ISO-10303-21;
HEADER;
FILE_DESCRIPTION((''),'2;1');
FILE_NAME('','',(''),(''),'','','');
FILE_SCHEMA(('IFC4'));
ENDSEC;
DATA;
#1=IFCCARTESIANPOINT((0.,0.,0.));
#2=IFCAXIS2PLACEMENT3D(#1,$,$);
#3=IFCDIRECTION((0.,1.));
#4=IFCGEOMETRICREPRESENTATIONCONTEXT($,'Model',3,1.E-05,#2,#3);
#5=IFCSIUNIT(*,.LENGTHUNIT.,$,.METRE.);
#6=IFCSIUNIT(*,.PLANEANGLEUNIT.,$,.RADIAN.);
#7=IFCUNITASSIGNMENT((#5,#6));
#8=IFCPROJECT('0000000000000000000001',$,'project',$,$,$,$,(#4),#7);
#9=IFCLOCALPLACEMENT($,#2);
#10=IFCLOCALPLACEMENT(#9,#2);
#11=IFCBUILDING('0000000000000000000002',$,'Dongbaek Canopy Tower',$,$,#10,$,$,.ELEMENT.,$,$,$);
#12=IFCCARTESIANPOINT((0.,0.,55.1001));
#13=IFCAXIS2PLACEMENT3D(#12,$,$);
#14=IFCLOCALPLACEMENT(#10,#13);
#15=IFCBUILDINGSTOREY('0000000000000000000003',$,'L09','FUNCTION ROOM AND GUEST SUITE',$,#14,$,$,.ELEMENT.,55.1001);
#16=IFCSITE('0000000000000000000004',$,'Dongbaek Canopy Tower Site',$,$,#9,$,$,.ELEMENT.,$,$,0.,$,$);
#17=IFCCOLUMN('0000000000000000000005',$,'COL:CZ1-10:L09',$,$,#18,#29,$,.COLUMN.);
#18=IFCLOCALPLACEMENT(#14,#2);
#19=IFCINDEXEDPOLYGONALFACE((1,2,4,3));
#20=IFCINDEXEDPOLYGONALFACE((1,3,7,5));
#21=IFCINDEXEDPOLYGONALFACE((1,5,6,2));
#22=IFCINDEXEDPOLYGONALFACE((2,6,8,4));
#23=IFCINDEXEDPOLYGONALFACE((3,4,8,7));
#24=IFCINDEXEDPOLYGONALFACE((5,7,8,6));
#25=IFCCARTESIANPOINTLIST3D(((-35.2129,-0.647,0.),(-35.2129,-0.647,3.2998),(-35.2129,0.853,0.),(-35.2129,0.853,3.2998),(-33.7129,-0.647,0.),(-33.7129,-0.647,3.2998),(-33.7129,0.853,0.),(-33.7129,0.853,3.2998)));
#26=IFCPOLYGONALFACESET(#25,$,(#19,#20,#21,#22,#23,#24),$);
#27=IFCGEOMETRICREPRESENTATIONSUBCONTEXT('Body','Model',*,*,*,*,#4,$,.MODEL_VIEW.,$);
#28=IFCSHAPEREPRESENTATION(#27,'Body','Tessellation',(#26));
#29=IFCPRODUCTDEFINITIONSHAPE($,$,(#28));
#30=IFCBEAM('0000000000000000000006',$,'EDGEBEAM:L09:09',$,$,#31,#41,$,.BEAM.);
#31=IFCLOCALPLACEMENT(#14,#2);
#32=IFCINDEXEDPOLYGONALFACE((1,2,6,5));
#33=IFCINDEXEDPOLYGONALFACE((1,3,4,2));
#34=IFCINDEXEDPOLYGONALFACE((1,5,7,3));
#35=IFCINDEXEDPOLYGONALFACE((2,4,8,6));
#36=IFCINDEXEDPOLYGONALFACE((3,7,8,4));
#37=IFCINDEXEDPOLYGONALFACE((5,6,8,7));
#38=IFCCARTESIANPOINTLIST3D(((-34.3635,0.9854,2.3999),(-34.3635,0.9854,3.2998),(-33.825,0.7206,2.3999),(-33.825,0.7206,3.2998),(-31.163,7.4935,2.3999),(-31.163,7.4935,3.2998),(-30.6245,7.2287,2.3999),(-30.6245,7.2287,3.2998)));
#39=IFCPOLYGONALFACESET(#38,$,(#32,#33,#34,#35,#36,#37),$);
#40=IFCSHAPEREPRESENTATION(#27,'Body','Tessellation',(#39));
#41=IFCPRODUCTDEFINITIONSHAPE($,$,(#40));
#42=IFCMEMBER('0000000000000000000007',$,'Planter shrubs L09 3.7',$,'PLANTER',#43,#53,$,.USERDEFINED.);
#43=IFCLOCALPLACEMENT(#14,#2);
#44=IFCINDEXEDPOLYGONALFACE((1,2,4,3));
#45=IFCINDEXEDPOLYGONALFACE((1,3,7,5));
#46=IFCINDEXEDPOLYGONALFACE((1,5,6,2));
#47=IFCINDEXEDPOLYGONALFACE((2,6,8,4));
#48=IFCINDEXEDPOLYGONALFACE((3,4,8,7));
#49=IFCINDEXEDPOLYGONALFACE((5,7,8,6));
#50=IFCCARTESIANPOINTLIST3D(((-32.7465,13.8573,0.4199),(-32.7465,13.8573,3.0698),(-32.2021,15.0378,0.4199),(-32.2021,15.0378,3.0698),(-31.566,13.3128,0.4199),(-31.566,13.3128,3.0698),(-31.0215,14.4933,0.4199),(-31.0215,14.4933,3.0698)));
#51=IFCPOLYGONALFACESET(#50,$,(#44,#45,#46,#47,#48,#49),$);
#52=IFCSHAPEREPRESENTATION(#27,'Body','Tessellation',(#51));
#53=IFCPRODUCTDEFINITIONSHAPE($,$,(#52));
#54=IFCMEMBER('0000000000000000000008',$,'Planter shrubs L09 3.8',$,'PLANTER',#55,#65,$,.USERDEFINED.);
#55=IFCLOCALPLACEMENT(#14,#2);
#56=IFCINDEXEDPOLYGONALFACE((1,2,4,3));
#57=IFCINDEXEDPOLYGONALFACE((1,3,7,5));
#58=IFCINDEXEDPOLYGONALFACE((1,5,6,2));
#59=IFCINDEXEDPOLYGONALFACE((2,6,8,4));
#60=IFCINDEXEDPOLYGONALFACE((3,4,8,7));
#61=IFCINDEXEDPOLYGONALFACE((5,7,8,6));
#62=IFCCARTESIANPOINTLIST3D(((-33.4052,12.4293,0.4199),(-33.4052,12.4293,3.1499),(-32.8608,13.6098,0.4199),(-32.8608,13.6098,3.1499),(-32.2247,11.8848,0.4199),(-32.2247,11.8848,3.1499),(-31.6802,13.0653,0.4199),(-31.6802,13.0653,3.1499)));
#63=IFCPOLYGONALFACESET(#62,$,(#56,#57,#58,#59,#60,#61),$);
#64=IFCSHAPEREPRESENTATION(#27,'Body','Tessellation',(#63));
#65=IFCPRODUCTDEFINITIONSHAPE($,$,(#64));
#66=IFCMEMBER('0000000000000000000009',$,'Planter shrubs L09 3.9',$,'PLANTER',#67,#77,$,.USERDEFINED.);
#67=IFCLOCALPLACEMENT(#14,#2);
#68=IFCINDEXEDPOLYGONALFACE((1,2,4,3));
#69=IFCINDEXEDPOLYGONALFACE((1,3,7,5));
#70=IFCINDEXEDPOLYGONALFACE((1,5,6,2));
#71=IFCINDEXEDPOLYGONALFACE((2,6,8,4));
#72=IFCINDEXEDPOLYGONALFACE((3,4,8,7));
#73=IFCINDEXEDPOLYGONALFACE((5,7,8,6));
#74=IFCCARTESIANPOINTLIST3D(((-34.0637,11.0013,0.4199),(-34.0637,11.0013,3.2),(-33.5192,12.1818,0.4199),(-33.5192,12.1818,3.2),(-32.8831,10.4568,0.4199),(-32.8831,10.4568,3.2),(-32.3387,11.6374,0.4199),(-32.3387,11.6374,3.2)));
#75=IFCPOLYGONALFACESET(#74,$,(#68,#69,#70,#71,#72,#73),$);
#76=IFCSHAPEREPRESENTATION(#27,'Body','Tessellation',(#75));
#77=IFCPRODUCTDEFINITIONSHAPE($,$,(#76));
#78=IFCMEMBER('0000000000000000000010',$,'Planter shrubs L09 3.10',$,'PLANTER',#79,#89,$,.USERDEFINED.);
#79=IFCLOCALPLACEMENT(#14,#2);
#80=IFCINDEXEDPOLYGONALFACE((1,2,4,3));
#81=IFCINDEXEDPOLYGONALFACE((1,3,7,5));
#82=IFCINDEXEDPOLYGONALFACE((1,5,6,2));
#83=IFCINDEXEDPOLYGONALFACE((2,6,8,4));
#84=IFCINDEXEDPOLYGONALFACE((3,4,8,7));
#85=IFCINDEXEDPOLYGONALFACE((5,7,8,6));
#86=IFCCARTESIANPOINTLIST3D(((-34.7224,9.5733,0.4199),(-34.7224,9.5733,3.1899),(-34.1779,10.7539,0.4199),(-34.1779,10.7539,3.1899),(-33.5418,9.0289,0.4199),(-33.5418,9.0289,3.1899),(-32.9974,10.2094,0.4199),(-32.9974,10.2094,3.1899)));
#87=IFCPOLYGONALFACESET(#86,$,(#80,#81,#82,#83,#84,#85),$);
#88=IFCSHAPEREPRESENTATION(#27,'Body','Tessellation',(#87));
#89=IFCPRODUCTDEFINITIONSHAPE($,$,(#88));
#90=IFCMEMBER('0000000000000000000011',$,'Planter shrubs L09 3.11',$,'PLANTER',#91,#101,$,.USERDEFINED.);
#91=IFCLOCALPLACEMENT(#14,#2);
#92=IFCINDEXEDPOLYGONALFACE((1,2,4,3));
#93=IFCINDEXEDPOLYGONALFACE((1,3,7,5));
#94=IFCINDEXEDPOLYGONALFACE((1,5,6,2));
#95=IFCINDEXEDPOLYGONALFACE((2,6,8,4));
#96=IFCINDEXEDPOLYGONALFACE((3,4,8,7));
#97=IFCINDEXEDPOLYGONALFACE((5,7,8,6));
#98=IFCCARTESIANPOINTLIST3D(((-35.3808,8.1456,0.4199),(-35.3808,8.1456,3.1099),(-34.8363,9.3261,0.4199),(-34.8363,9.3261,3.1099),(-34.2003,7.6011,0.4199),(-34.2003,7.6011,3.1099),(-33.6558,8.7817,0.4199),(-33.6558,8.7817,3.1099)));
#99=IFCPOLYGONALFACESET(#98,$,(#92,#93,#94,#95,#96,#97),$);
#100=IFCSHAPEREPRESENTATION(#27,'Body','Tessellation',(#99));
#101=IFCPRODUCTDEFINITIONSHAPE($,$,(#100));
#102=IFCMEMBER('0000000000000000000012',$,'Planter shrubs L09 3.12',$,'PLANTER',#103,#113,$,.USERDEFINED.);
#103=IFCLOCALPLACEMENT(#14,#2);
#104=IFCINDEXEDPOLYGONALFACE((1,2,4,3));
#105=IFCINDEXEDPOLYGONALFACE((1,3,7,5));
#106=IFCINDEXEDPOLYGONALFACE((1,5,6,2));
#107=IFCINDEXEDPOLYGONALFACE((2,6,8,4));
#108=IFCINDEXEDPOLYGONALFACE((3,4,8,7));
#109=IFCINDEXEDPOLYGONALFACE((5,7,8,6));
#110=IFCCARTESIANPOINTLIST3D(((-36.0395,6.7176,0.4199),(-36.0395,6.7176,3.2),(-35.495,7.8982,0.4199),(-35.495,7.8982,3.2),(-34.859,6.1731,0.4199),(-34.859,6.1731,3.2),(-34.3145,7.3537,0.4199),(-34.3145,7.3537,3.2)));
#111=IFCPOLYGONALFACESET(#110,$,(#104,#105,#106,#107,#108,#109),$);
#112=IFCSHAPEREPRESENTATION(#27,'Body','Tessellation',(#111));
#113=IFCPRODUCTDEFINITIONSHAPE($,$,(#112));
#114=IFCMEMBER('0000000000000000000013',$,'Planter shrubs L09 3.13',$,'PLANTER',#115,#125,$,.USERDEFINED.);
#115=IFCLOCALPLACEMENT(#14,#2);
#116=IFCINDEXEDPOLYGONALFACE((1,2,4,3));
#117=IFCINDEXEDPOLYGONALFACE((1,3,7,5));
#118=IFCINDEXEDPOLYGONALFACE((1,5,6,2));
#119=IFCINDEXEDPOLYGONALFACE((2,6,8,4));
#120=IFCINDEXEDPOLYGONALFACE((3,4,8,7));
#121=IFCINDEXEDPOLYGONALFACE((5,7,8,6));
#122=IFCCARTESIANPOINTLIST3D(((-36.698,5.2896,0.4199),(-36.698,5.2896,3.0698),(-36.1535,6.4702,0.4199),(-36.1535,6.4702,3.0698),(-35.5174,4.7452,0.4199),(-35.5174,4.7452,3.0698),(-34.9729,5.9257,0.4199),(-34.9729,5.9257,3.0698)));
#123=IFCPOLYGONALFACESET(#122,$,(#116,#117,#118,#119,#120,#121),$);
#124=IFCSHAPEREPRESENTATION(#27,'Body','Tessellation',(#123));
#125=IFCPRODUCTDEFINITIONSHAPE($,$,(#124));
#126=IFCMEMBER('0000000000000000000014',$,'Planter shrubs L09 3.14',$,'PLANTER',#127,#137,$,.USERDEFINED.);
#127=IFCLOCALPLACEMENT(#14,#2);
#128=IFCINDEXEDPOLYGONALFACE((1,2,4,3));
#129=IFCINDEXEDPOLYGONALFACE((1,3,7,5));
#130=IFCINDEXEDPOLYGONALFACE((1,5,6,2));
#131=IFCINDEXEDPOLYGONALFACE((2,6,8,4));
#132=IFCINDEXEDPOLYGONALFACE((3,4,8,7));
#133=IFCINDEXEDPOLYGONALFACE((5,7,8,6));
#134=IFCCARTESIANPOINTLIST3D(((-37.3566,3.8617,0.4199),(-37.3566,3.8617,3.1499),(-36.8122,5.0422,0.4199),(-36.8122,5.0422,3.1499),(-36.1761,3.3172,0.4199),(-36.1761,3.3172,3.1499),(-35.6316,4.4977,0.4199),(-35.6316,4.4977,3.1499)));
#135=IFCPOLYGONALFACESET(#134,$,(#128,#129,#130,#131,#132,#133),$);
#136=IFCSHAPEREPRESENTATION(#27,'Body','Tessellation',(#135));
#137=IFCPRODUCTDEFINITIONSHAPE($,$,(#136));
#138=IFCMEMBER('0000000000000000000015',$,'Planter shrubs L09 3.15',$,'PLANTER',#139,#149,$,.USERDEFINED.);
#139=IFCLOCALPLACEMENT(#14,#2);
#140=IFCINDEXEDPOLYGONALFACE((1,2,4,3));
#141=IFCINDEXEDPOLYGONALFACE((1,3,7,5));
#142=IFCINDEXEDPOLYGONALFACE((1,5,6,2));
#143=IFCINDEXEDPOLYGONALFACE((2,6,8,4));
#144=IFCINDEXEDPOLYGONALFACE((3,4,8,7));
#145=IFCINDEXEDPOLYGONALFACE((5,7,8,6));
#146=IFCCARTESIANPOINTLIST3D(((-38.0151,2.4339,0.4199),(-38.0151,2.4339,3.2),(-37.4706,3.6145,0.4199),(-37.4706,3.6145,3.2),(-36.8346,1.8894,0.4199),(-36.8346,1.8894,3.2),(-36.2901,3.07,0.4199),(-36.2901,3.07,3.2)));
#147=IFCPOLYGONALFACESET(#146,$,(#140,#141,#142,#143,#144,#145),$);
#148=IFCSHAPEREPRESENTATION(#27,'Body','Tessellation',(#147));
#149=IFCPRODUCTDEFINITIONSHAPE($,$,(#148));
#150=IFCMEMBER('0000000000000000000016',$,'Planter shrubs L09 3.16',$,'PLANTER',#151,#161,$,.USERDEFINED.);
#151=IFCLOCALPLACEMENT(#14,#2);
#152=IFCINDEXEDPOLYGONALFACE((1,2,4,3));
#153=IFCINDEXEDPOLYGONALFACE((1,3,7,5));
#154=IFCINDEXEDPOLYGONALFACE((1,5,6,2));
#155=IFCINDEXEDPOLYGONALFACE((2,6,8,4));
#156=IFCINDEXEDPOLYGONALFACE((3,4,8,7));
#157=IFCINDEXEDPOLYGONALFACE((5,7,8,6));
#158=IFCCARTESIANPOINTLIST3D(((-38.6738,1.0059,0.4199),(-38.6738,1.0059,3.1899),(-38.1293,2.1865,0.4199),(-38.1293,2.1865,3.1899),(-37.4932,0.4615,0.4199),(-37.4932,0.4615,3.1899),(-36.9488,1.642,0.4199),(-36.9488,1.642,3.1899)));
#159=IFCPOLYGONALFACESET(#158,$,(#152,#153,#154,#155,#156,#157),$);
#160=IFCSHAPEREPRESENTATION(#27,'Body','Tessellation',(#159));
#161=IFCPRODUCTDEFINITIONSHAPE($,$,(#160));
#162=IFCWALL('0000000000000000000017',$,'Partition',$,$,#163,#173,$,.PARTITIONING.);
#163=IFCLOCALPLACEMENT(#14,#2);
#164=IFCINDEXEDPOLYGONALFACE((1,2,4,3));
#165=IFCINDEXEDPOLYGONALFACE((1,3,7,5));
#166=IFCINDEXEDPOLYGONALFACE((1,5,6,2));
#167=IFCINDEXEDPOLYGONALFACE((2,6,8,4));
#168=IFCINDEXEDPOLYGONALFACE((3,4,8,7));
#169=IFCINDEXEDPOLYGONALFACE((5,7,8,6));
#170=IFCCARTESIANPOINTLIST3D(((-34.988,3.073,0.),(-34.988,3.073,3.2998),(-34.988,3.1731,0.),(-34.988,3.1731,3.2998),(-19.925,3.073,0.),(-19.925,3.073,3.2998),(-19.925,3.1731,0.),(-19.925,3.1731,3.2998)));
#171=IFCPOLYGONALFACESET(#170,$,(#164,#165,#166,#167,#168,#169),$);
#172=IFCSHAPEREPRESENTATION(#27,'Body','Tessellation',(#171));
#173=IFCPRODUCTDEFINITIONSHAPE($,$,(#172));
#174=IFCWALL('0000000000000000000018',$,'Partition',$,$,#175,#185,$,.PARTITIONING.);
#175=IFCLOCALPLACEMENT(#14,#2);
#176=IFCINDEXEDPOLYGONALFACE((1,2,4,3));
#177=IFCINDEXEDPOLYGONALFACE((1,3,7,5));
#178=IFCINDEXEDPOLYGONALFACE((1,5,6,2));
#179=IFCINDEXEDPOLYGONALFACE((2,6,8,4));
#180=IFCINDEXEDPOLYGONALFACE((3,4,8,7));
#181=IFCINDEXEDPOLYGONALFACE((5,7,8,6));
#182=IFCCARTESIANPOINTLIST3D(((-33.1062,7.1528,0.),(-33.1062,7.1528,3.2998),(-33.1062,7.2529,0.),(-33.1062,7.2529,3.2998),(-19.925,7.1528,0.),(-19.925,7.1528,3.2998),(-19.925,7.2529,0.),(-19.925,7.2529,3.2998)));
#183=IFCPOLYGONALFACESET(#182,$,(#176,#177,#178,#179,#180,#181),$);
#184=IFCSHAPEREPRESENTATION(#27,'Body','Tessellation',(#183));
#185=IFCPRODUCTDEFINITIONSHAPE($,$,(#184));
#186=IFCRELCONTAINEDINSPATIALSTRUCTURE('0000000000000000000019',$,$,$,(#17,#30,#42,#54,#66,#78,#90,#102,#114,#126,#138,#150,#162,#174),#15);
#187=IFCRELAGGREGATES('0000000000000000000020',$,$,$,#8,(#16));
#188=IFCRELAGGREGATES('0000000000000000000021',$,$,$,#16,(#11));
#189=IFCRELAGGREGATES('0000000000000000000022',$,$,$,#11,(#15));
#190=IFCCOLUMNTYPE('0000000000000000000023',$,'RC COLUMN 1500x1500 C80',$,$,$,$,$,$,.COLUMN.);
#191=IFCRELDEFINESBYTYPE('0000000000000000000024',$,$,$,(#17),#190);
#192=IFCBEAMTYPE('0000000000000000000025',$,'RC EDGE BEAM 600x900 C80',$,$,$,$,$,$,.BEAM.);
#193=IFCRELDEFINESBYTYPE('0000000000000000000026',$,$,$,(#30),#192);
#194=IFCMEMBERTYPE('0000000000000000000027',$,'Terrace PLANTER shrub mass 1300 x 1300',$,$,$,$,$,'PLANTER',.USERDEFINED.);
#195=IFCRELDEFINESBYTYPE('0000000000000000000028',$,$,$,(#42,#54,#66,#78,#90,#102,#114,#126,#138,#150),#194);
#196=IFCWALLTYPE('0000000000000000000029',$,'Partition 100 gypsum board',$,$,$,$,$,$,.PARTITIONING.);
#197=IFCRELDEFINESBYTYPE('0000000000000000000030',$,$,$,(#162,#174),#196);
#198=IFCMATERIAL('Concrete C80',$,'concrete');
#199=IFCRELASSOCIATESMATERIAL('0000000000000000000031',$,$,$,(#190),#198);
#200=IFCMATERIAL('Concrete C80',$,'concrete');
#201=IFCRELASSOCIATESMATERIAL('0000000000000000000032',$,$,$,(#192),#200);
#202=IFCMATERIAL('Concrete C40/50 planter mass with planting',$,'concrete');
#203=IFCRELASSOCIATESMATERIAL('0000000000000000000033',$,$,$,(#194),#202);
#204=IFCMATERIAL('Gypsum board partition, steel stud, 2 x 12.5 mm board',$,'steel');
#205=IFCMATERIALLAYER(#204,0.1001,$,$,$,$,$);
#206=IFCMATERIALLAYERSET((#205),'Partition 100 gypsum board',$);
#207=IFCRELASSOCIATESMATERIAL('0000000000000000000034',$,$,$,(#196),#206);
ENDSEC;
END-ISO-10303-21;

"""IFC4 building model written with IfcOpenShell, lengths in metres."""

from ifc_helpers import new_model, si_unit, direction, frame, frame_2d, origin, origin_2d, place, context, subcontext, project, spatial, rectangle, extrude, material, layer, layer_set, material_profile, profile_set, type_object, element, save


model = new_model("IFC4")

# Units and contexts
model_context = context("Model", 3, precision=1e-05, world=origin(), true_north=direction((0.0, 1.0)))
body_context = subcontext(model_context, "Body", "Model", "MODEL_VIEW")
ifc_project = project(units=[si_unit("LENGTHUNIT", "METRE"), si_unit("PLANEANGLEUNIT", "RADIAN")], contexts=[model_context])

# Site, building, storey
site_placement = place(None, origin())
site = spatial("IfcSite", under=ifc_project, at=site_placement, Name="Dongbaek Canopy Tower Site", CompositionType="ELEMENT", RefElevation=0.0)
building_placement = place(site_placement, origin())
building = spatial("IfcBuilding", under=site, at=building_placement, Name="Dongbaek Canopy Tower", CompositionType="ELEMENT")
storey_placement = place(building_placement, frame((0.0, 0.0, 55.1001)))
storey = spatial("IfcBuildingStorey", under=building, at=storey_placement, Name="L09", Description="FUNCTION ROOM AND GUEST SUITE", CompositionType="ELEMENT", Elevation=55.1001)

# Column
ifc_material_1 = material(Name="Concrete C80", Category="concrete")
ifc_material_profile_1 = material_profile(ifc_material_1, rectangle(XDim=1.5, YDim=1.5, at=origin_2d()), Name="RC COLUMN 1500x1500 C80")
ifc_profile_set_1 = profile_set([ifc_material_profile_1], Name="Concrete C80")
column_type = type_object("IfcColumnType", Name="RC COLUMN 1500x1500 C80", PredefinedType="COLUMN", material=ifc_profile_set_1)
column_placement = place(storey_placement, frame((-34.4629, 0.103, 0.0), z_axis=(0.0, 0.0, 1.0), x_axis=(1.0, 0.0, 0.0)))
element("IfcColumn", 1, at=column_placement, inside=storey, type_object=column_type, Name="COL:CZ1-10:L09", PredefinedType="COLUMN", context=body_context, shape_type="SweptSolid", body=[
    extrude(rectangle(XDim=1.5, YDim=1.5, at=origin_2d()), origin(), (0.0, 0.0, 1.0), 3.2998),
])

# Beam
ifc_material_2 = material(Name="Concrete C80", Category="concrete")
ifc_material_profile_2 = material_profile(ifc_material_2, rectangle(XDim=0.6001, YDim=0.8999, at=origin_2d()), Name="RC EDGE BEAM 600x900 C80")
ifc_profile_set_2 = profile_set([ifc_material_profile_2], Name="Concrete C80")
beam_type = type_object("IfcBeamType", Name="RC EDGE BEAM 600x900 C80", PredefinedType="BEAM", material=ifc_profile_set_2)
beam_placement = place(storey_placement, frame((-34.0942, 0.853, 2.8499), z_axis=(0.441293, 0.897363, 0.0), x_axis=(-0.897363, 0.441293, 0.0)))
element("IfcBeam", 2, at=beam_placement, inside=storey, type_object=beam_type, Name="EDGEBEAM:L09:09", PredefinedType="BEAM", context=body_context, shape_type="SweptSolid", body=[
    extrude(rectangle(XDim=0.6001, YDim=0.8999, at=origin_2d()), origin(), (0.0, 0.0, 1.0), 7.2524),
])

# Members
ifc_material_3 = material(Name="Concrete C40/50 planter mass with planting", Category="concrete")
ifc_material_profile_3 = material_profile(ifc_material_3, rectangle(XDim=1.3, YDim=1.3, at=origin_2d()), Name="Terrace PLANTER shrub mass 1300 x 1300")
ifc_profile_set_3 = profile_set([ifc_material_profile_3], Name="Concrete C40/50 planter mass with planting")
member_type = type_object("IfcMemberType", Name="Terrace PLANTER shrub mass 1300 x 1300", ElementType="PLANTER", PredefinedType="USERDEFINED", material=ifc_profile_set_3)
member_1_placement = place(storey_placement, frame((-31.884, 14.1753, 0.4199), z_axis=(0.0, 0.0, 1.0), x_axis=(-0.908073, 0.418811, 0.0)))
element("IfcMember", 3, at=member_1_placement, inside=storey, type_object=member_type, Name="Planter shrubs L09 3.7", ObjectType="PLANTER", PredefinedType="USERDEFINED", context=body_context, shape_type="SweptSolid", body=[
    extrude(rectangle(XDim=1.3, YDim=1.3, at=origin_2d()), origin(), (0.0, 0.0, 1.0), 2.6499),
])
member_2_placement = place(storey_placement, frame((-32.5427, 12.7473, 0.4199), z_axis=(0.0, 0.0, 1.0), x_axis=(-0.908073, 0.418811, 0.0)))
element("IfcMember", 4, at=member_2_placement, inside=storey, type_object=member_type, Name="Planter shrubs L09 3.8", ObjectType="PLANTER", PredefinedType="USERDEFINED", context=body_context, shape_type="SweptSolid", body=[
    extrude(rectangle(XDim=1.3, YDim=1.3, at=origin_2d()), origin(), (0.0, 0.0, 1.0), 2.73),
])
member_3_placement = place(storey_placement, frame((-33.2012, 11.3193, 0.4199), z_axis=(0.0, 0.0, 1.0), x_axis=(-0.908073, 0.418811, 0.0)))
element("IfcMember", 5, at=member_3_placement, inside=storey, type_object=member_type, Name="Planter shrubs L09 3.9", ObjectType="PLANTER", PredefinedType="USERDEFINED", context=body_context, shape_type="SweptSolid", body=[
    extrude(rectangle(XDim=1.3, YDim=1.3, at=origin_2d()), origin(), (0.0, 0.0, 1.0), 2.78),
])
member_4_placement = place(storey_placement, frame((-33.8599, 9.8914, 0.4199), z_axis=(0.0, 0.0, 1.0), x_axis=(-0.908073, 0.418811, 0.0)))
element("IfcMember", 6, at=member_4_placement, inside=storey, type_object=member_type, Name="Planter shrubs L09 3.10", ObjectType="PLANTER", PredefinedType="USERDEFINED", context=body_context, shape_type="SweptSolid", body=[
    extrude(rectangle(XDim=1.3, YDim=1.3, at=origin_2d()), origin(), (0.0, 0.0, 1.0), 2.77),
])
member_5_placement = place(storey_placement, frame((-34.5183, 8.4636, 0.4199), z_axis=(0.0, 0.0, 1.0), x_axis=(-0.908073, 0.418811, 0.0)))
element("IfcMember", 7, at=member_5_placement, inside=storey, type_object=member_type, Name="Planter shrubs L09 3.11", ObjectType="PLANTER", PredefinedType="USERDEFINED", context=body_context, shape_type="SweptSolid", body=[
    extrude(rectangle(XDim=1.3, YDim=1.3, at=origin_2d()), origin(), (0.0, 0.0, 1.0), 2.6899),
])
member_6_placement = place(storey_placement, frame((-35.177, 7.0356, 0.4199), z_axis=(0.0, 0.0, 1.0), x_axis=(-0.908073, 0.418811, 0.0)))
element("IfcMember", 8, at=member_6_placement, inside=storey, type_object=member_type, Name="Planter shrubs L09 3.12", ObjectType="PLANTER", PredefinedType="USERDEFINED", context=body_context, shape_type="SweptSolid", body=[
    extrude(rectangle(XDim=1.3, YDim=1.3, at=origin_2d()), origin(), (0.0, 0.0, 1.0), 2.78),
])
member_7_placement = place(storey_placement, frame((-35.8354, 5.6077, 0.4199), z_axis=(0.0, 0.0, 1.0), x_axis=(-0.908073, 0.418811, 0.0)))
element("IfcMember", 9, at=member_7_placement, inside=storey, type_object=member_type, Name="Planter shrubs L09 3.13", ObjectType="PLANTER", PredefinedType="USERDEFINED", context=body_context, shape_type="SweptSolid", body=[
    extrude(rectangle(XDim=1.3, YDim=1.3, at=origin_2d()), origin(), (0.0, 0.0, 1.0), 2.6499),
])
member_8_placement = place(storey_placement, frame((-36.4941, 4.1797, 0.4199), z_axis=(0.0, 0.0, 1.0), x_axis=(-0.908073, 0.418811, 0.0)))
element("IfcMember", 10, at=member_8_placement, inside=storey, type_object=member_type, Name="Planter shrubs L09 3.14", ObjectType="PLANTER", PredefinedType="USERDEFINED", context=body_context, shape_type="SweptSolid", body=[
    extrude(rectangle(XDim=1.3, YDim=1.3, at=origin_2d()), origin(), (0.0, 0.0, 1.0), 2.73),
])
member_9_placement = place(storey_placement, frame((-37.1526, 2.752, 0.4199), z_axis=(0.0, 0.0, 1.0), x_axis=(-0.908073, 0.418811, 0.0)))
element("IfcMember", 11, at=member_9_placement, inside=storey, type_object=member_type, Name="Planter shrubs L09 3.15", ObjectType="PLANTER", PredefinedType="USERDEFINED", context=body_context, shape_type="SweptSolid", body=[
    extrude(rectangle(XDim=1.3, YDim=1.3, at=origin_2d()), origin(), (0.0, 0.0, 1.0), 2.78),
])
member_10_placement = place(storey_placement, frame((-37.8113, 1.324, 0.4199), z_axis=(0.0, 0.0, 1.0), x_axis=(-0.908073, 0.418811, 0.0)))
element("IfcMember", 12, at=member_10_placement, inside=storey, type_object=member_type, Name="Planter shrubs L09 3.16", ObjectType="PLANTER", PredefinedType="USERDEFINED", context=body_context, shape_type="SweptSolid", body=[
    extrude(rectangle(XDim=1.3, YDim=1.3, at=origin_2d()), origin(), (0.0, 0.0, 1.0), 2.77),
])

# Walls
ifc_material_4 = material(Name="Gypsum board partition, steel stud, 2 x 12.5 mm board", Category="steel")
ifc_layer = layer(ifc_material_4, 0.1001)
ifc_layer_set = layer_set([ifc_layer], Name="Partition 100 gypsum board")
wall_type = type_object("IfcWallType", Name="Partition 100 gypsum board", PredefinedType="PARTITIONING", material=ifc_layer_set)
wall_1_placement = place(storey_placement, frame((-34.988, 3.123, 0.0), z_axis=(0.0, 0.0, 1.0), x_axis=(1.0, 0.0, 0.0)))
element("IfcWall", 13, at=wall_1_placement, inside=storey, type_object=wall_type, Name="Partition", PredefinedType="PARTITIONING", context=body_context, shape_type="SweptSolid", body=[
    extrude(rectangle(XDim=15.063, YDim=0.1001, at=frame_2d((7.5315, 0.0))), origin(), (0.0, 0.0, 1.0), 3.2998),
])
wall_2_placement = place(storey_placement, frame((-33.1062, 7.2029, 0.0), z_axis=(0.0, 0.0, 1.0), x_axis=(1.0, 0.0, 0.0)))
element("IfcWall", 14, at=wall_2_placement, inside=storey, type_object=wall_type, Name="Partition", PredefinedType="PARTITIONING", context=body_context, shape_type="SweptSolid", body=[
    extrude(rectangle(XDim=13.1812, YDim=0.1001, at=frame_2d((6.5906, 0.0))), origin(), (0.0, 0.0, 1.0), 3.2998),
])

save(model, "model.ifc")
